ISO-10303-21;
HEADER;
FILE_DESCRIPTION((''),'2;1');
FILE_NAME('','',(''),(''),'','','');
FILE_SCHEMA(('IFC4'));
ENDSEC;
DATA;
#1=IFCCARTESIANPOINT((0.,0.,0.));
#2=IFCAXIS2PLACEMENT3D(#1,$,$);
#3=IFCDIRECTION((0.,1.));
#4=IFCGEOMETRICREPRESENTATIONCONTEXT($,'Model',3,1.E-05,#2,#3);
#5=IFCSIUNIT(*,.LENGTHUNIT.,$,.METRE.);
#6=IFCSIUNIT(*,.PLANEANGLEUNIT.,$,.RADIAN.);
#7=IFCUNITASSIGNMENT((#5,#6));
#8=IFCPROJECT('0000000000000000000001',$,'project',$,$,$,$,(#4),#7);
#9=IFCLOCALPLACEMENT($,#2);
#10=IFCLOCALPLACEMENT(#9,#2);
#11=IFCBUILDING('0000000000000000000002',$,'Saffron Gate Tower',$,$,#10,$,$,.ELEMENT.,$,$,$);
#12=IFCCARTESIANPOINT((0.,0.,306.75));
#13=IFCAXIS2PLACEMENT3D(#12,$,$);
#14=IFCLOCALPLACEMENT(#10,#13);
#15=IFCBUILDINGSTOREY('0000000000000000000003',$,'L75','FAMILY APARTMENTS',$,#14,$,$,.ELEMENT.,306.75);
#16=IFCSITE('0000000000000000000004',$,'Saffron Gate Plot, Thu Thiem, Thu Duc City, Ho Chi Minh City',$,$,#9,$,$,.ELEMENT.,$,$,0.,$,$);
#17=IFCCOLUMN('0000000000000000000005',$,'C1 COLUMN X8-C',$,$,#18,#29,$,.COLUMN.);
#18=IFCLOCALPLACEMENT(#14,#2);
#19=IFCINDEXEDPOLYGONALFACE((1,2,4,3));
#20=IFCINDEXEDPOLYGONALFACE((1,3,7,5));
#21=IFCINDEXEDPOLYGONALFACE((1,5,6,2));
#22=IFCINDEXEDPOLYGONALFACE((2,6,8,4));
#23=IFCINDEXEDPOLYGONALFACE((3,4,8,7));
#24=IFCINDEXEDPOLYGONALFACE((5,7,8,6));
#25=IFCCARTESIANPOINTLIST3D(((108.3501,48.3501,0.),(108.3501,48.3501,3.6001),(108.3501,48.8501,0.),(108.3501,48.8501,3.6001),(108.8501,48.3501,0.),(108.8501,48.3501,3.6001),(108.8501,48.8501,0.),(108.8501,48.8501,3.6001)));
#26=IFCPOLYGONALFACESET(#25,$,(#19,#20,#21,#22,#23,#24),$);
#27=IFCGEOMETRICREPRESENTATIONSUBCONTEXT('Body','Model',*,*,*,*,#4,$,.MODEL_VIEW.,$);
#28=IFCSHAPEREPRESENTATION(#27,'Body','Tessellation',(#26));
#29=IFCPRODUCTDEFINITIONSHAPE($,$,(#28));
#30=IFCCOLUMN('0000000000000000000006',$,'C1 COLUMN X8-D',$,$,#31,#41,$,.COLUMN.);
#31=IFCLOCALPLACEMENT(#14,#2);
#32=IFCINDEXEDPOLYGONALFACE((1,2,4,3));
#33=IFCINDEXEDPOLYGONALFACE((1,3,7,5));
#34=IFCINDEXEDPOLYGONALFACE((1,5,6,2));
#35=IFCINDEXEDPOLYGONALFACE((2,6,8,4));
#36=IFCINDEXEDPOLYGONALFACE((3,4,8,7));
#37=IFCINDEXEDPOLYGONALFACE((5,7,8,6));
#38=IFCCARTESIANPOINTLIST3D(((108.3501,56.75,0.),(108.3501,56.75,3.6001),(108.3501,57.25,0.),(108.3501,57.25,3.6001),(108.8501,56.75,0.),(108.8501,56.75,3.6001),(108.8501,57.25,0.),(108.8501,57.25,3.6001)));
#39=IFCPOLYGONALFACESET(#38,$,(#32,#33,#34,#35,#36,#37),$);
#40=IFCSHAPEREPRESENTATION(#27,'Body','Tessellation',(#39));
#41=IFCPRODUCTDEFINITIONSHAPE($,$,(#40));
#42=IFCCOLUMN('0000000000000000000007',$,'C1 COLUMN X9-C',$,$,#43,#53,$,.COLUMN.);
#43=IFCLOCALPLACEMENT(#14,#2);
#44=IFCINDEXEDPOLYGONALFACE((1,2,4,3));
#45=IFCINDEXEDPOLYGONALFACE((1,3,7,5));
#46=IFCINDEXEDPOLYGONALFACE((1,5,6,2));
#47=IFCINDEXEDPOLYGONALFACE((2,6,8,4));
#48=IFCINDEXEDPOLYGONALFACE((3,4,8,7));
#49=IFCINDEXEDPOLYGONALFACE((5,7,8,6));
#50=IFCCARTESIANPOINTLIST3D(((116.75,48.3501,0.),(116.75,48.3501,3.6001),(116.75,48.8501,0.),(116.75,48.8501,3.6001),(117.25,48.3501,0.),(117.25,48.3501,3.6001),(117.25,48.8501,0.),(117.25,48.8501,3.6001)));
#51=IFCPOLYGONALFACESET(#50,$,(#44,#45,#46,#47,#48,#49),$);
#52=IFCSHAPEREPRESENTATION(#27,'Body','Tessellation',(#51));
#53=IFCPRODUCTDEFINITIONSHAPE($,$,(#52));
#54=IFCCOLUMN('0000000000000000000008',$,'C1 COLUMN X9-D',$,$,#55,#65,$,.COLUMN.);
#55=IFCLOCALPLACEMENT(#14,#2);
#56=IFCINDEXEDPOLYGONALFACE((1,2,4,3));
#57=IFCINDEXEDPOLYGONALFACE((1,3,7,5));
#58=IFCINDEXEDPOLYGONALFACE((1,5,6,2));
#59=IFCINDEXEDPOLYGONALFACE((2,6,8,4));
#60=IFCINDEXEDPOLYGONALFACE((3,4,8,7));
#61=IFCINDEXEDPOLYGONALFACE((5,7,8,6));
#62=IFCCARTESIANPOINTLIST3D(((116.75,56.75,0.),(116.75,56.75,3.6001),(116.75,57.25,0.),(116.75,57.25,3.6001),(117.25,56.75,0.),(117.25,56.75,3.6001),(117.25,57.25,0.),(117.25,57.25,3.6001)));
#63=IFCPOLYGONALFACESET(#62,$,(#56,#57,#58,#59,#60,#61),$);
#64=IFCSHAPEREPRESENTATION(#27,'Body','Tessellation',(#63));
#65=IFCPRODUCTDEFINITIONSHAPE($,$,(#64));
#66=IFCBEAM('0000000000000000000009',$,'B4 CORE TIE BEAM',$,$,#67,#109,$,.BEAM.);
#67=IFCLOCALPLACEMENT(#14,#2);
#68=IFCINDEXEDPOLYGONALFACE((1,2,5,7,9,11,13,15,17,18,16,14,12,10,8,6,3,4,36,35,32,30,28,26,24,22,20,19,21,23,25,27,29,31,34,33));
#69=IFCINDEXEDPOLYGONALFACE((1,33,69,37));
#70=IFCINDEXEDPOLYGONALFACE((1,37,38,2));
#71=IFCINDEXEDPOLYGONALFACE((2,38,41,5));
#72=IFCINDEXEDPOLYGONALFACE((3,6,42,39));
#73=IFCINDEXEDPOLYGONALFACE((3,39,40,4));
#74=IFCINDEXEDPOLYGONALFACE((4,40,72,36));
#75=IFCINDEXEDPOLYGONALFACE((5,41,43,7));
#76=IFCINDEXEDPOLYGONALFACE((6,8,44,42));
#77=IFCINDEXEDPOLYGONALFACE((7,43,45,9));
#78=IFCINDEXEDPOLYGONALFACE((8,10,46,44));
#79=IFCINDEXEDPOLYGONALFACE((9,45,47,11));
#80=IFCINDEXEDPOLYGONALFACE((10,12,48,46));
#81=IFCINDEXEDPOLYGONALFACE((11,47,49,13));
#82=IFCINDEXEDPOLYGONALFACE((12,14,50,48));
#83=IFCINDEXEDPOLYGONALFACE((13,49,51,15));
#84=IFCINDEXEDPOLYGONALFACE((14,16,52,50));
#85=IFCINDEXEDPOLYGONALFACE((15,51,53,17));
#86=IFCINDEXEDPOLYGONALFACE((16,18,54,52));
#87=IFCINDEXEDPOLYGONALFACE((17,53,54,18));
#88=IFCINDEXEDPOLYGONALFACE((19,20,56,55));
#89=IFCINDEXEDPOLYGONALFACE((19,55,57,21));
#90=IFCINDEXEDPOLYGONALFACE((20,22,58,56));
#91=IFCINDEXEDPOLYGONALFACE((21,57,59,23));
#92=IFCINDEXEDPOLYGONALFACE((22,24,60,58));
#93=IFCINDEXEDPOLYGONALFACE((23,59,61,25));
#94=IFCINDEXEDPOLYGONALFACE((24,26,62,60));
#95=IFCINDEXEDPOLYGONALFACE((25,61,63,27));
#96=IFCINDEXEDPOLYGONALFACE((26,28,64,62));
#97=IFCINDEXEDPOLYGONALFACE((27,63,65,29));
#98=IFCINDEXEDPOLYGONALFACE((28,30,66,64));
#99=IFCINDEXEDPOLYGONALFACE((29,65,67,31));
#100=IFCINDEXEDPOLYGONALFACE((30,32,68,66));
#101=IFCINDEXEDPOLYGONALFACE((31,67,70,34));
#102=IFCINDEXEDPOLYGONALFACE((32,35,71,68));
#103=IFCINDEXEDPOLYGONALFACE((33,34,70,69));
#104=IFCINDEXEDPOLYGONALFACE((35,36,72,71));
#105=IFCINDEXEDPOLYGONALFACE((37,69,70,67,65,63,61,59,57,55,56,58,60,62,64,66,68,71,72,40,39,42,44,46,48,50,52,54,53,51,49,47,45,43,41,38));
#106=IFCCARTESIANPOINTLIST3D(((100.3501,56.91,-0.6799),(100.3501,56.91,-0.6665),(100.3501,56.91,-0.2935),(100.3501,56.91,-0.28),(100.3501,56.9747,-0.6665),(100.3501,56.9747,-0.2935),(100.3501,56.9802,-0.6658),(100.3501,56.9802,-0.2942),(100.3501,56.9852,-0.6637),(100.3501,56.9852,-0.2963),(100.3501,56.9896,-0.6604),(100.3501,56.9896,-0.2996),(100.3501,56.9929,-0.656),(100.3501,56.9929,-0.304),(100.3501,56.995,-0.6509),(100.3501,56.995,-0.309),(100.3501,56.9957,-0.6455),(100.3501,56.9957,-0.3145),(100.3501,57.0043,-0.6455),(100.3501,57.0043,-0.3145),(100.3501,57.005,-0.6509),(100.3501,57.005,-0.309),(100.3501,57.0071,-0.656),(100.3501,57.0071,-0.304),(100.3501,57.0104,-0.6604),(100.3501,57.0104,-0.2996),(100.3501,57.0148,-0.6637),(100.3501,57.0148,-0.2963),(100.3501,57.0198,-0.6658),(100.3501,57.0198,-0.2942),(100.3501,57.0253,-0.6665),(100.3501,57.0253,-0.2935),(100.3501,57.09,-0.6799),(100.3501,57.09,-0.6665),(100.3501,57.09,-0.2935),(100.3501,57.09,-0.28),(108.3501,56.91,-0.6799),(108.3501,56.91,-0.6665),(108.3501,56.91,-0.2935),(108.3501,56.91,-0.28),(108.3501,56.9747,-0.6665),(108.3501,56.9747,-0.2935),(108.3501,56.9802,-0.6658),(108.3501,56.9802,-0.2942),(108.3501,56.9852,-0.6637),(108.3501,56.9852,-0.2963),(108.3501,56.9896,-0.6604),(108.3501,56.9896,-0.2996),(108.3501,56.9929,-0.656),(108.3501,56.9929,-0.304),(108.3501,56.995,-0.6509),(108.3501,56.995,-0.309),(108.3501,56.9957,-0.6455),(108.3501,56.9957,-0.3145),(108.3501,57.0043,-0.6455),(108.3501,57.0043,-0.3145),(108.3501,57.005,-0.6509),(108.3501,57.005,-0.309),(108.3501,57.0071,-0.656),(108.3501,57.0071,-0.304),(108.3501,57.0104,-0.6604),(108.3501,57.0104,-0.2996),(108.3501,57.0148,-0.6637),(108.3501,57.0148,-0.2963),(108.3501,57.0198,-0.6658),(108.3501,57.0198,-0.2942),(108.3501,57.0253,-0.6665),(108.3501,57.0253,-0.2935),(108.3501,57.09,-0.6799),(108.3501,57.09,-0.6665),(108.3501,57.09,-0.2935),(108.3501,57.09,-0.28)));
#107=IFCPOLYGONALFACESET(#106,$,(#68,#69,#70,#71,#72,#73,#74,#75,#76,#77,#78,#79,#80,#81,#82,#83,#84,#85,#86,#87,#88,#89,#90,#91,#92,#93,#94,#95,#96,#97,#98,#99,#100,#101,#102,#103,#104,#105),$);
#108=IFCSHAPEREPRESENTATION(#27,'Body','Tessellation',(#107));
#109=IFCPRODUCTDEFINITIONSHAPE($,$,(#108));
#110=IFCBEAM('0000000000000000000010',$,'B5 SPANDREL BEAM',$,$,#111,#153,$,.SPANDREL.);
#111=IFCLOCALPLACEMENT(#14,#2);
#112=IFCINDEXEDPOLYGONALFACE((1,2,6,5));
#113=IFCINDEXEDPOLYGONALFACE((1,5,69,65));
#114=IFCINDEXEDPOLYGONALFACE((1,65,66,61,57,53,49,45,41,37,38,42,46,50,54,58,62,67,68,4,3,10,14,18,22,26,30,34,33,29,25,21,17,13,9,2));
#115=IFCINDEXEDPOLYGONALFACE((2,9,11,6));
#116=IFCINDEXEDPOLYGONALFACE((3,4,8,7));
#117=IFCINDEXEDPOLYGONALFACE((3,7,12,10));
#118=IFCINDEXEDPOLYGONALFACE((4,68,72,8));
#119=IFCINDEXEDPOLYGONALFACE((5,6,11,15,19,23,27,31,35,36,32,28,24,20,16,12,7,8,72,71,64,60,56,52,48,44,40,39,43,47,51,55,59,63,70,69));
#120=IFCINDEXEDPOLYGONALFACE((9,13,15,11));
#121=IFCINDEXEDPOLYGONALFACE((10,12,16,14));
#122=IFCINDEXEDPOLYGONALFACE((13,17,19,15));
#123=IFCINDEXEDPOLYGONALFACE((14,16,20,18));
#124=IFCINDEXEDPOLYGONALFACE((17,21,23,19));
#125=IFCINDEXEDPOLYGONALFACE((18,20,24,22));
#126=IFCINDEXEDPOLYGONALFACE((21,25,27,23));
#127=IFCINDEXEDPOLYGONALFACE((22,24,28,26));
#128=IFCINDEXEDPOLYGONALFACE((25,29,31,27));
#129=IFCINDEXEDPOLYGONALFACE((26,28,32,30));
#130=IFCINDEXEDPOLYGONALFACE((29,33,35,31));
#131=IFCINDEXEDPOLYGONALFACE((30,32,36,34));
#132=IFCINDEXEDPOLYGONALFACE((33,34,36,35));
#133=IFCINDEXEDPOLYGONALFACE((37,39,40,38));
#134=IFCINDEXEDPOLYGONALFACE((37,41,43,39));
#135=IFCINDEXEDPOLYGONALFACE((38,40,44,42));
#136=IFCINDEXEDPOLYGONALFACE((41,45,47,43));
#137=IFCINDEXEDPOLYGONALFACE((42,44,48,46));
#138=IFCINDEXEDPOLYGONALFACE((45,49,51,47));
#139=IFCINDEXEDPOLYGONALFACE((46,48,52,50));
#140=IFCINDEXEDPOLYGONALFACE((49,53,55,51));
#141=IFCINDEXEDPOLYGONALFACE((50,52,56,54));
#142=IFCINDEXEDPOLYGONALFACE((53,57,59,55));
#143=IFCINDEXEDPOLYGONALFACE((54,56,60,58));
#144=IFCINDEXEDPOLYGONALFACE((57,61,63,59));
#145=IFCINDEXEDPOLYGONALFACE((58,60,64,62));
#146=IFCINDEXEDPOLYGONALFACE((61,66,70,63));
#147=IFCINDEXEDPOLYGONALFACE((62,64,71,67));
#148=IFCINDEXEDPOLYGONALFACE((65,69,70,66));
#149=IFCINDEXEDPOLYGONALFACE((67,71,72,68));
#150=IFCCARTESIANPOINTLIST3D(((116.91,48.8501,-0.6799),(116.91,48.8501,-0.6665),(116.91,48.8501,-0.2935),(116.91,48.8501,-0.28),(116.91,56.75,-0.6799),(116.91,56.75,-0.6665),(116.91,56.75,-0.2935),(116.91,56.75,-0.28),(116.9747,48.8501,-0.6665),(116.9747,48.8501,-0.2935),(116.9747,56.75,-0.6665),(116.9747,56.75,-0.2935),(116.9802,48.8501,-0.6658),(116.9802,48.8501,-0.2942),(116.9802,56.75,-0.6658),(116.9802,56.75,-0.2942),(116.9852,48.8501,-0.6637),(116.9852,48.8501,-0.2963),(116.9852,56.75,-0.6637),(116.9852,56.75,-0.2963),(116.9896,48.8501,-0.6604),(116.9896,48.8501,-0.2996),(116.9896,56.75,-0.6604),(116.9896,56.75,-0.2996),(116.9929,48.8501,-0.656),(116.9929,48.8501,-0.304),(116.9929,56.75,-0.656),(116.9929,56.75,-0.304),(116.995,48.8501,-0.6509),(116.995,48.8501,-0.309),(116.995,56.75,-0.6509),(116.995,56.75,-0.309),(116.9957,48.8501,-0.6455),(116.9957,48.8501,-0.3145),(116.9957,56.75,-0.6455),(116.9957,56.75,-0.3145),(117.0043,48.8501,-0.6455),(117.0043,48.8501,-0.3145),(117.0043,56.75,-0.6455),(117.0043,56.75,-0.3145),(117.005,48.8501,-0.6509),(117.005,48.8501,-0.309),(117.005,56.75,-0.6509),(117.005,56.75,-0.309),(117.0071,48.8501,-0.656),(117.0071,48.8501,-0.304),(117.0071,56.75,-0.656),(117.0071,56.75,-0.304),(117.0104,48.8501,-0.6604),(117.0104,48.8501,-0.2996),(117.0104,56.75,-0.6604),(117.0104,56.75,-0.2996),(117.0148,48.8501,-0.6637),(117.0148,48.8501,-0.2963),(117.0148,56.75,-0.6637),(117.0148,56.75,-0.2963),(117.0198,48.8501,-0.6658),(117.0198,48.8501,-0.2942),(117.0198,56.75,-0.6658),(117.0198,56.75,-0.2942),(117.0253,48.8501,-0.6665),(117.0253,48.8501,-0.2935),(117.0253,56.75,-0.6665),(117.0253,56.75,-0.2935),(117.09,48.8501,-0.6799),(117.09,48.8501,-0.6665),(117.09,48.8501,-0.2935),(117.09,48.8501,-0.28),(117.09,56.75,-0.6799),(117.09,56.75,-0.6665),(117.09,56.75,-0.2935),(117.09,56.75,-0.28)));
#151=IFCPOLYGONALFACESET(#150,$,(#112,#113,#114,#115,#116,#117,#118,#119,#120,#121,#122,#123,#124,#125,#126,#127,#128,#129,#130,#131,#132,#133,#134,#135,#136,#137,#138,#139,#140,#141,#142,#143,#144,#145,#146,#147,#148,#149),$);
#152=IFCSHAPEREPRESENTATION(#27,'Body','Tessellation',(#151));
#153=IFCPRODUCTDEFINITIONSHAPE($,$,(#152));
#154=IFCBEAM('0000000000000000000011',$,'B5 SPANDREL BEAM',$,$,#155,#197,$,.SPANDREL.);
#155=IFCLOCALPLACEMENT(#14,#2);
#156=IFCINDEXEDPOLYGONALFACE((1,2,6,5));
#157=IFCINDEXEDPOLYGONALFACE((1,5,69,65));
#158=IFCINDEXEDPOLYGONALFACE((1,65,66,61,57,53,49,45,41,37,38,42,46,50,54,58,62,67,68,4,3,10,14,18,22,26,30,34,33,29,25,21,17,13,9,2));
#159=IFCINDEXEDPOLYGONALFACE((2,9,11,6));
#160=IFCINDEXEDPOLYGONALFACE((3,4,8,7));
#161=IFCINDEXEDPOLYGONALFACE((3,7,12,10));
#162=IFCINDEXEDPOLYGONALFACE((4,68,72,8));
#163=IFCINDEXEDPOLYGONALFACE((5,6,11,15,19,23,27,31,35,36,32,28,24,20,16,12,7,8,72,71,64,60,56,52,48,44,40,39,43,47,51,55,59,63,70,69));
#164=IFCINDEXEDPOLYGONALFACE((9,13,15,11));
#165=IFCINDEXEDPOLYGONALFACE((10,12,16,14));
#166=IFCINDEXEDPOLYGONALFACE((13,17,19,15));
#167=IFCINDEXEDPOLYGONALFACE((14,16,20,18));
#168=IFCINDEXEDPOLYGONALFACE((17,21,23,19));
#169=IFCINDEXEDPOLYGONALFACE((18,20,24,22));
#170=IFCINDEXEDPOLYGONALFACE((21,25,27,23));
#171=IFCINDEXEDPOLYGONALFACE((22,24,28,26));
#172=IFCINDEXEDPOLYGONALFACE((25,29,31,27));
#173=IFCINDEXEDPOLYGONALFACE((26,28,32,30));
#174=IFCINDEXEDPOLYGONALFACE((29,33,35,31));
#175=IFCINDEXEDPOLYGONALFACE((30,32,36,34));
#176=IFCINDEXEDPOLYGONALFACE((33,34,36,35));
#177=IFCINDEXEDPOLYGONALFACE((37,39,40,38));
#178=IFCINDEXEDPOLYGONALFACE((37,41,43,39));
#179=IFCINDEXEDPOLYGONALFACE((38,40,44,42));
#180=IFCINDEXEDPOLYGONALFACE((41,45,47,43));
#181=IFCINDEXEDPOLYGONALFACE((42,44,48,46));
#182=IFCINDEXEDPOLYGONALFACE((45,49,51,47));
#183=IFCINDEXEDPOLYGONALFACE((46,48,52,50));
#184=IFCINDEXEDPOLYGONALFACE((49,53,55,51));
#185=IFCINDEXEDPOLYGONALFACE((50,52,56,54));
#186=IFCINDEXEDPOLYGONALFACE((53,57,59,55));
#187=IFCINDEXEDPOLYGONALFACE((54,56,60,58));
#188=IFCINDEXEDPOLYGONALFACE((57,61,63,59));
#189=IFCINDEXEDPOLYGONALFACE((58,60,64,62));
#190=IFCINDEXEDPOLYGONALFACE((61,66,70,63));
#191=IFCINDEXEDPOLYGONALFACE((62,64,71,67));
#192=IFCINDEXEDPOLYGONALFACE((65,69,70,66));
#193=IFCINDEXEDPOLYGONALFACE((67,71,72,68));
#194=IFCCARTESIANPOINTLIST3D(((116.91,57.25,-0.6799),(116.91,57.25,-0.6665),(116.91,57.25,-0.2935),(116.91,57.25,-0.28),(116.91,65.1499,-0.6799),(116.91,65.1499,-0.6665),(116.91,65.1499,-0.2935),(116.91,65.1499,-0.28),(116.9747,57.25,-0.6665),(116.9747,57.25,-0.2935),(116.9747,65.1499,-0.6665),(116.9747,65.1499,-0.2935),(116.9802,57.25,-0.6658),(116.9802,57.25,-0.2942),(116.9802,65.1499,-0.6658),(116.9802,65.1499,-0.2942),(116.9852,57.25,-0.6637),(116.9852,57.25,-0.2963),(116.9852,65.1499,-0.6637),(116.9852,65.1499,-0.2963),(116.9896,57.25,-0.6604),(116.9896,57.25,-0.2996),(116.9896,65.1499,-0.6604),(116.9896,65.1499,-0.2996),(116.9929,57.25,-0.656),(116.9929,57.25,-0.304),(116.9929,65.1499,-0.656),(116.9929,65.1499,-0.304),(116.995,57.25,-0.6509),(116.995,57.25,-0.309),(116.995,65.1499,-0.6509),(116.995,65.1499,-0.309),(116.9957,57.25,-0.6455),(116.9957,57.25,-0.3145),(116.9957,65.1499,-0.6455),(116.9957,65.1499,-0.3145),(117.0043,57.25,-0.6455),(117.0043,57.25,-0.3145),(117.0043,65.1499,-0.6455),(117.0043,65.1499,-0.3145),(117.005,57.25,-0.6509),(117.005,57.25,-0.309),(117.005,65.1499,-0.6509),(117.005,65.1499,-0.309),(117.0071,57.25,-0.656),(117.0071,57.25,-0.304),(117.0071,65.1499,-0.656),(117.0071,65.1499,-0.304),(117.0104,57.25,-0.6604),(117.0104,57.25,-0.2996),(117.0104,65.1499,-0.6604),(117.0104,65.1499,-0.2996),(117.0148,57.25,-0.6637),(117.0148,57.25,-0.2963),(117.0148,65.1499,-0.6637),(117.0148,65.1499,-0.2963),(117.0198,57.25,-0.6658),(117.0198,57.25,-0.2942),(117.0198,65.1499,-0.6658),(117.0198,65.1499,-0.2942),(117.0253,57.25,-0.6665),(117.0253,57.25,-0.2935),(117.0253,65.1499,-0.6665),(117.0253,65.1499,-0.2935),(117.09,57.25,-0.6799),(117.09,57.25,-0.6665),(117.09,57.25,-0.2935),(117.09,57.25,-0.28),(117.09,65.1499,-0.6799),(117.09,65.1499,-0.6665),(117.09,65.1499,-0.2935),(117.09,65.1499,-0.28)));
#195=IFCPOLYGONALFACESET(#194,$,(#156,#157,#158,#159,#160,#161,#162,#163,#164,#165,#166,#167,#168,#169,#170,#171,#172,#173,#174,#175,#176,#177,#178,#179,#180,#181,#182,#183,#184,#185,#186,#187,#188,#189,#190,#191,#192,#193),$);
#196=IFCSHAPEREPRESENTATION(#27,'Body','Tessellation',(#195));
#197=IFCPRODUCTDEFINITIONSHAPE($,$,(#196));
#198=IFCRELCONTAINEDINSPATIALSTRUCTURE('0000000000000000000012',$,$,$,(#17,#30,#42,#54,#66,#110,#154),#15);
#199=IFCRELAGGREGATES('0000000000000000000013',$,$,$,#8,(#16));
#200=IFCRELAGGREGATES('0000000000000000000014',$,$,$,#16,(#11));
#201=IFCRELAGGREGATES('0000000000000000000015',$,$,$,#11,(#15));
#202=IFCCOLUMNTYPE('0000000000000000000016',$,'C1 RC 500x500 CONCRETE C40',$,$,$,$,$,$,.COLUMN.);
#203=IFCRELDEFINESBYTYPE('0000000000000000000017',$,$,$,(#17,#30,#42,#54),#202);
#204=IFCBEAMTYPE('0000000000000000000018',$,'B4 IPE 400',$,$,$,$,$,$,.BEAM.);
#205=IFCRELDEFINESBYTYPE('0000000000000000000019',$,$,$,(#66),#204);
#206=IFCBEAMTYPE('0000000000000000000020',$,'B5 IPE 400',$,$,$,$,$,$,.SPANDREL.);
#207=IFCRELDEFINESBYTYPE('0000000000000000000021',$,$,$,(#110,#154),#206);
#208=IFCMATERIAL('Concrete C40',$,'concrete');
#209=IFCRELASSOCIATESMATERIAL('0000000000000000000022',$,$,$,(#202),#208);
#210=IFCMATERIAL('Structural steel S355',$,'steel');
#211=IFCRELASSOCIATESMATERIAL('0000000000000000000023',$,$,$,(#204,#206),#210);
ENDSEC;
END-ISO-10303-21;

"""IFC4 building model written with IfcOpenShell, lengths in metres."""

from ifc_helpers import new_model, si_unit, direction, frame, origin, origin_2d, place, context, subcontext, project, spatial, rectangle, i_section, extrude, material, material_profile, profile_set, type_object, element, save


model = new_model("IFC4")

# Units and contexts
model_context = context("Model", 3, precision=1e-05, world=origin(), true_north=direction((0.0, 1.0)))
body_context = subcontext(model_context, "Body", "Model", "MODEL_VIEW")
ifc_project = project(units=[si_unit("LENGTHUNIT", "METRE"), si_unit("PLANEANGLEUNIT", "RADIAN")], contexts=[model_context])

# Site, building, storey
site_placement = place(None, origin())
site = spatial("IfcSite", under=ifc_project, at=site_placement, Name="Saffron Gate Plot, Thu Thiem, Thu Duc City, Ho Chi Minh City", CompositionType="ELEMENT", RefElevation=0.0)
building_placement = place(site_placement, origin())
building = spatial("IfcBuilding", under=site, at=building_placement, Name="Saffron Gate Tower", CompositionType="ELEMENT")
storey_placement = place(building_placement, frame((0.0, 0.0, 306.75)))
storey = spatial("IfcBuildingStorey", under=building, at=storey_placement, Name="L75", Description="FAMILY APARTMENTS", CompositionType="ELEMENT", Elevation=306.75)

# Columns
ifc_material_1 = material(Name="Concrete C40", Category="concrete")
ifc_material_profile_1 = material_profile(ifc_material_1, rectangle(XDim=0.5, YDim=0.5, at=origin_2d()))
ifc_profile_set_1 = profile_set([ifc_material_profile_1], Name="Concrete C40")
column_type = type_object("IfcColumnType", Name="C1 RC 500x500 CONCRETE C40", PredefinedType="COLUMN", material=ifc_profile_set_1)
for number, where, z_axis, x_axis, name in (
    (1, (108.6001, 48.6001, 0.0), (0.0, 0.0, 1.0), (1.0, 0.0, 0.0), "C1 COLUMN X8-C"),
    (2, (108.6001, 57.0, 0.0), (0.0, 0.0, 1.0), (1.0, 0.0, 0.0), "C1 COLUMN X8-D"),
    (3, (117.0, 48.6001, 0.0), (0.0, 0.0, 1.0), (1.0, 0.0, 0.0), "C1 COLUMN X9-C"),
    (4, (117.0, 57.0, 0.0), (0.0, 0.0, 1.0), (1.0, 0.0, 0.0), "C1 COLUMN X9-D"),
):
    element("IfcColumn", number, at=place(storey_placement, frame(where, z_axis=z_axis, x_axis=x_axis)), inside=storey, type_object=column_type, Name=name, PredefinedType="COLUMN", context=body_context, shape_type="SweptSolid", body=[
        extrude(rectangle(XDim=0.5, YDim=0.5, at=origin_2d()), origin(), (0.0, 0.0, 1.0), 3.6001),
    ])

# Beams
ifc_material_2 = material(Name="Structural steel S355", Category="steel")
ifc_material_profile_2 = material_profile(ifc_material_2, i_section(OverallWidth=0.1799, OverallDepth=0.3999, WebThickness=0.0085, FlangeThickness=0.0134, FilletRadius=0.021, at=origin_2d()))
ifc_profile_set_2 = profile_set([ifc_material_profile_2], Name="Structural steel S355")
beam_type_1 = type_object("IfcBeamType", Name="B4 IPE 400", PredefinedType="BEAM", material=ifc_profile_set_2)
beam_placement = place(storey_placement, frame((108.3501, 57.0, -0.48), z_axis=(-1.0, 0.0, 0.0), x_axis=(0.0, -1.0, 0.0)))
element("IfcBeam", 5, at=beam_placement, inside=storey, type_object=beam_type_1, Name="B4 CORE TIE BEAM", PredefinedType="BEAM", context=body_context, shape_type="SweptSolid", body=[
    extrude(i_section(OverallWidth=0.1799, OverallDepth=0.3999, WebThickness=0.0085, FlangeThickness=0.0134, FilletRadius=0.021, at=origin_2d()), origin(), (0.0, 0.0, 1.0), 8.0),
])
ifc_material_profile_3 = material_profile(ifc_material_2, i_section(OverallWidth=0.1799, OverallDepth=0.3999, WebThickness=0.0085, FlangeThickness=0.0134, FilletRadius=0.021, at=origin_2d()))
ifc_profile_set_3 = profile_set([ifc_material_profile_3], Name="Structural steel S355")
beam_type_2 = type_object("IfcBeamType", Name="B5 IPE 400", PredefinedType="SPANDREL", material=ifc_profile_set_3)
for number, where, z_axis, x_axis, name in (
    (6, (117.0, 48.8501, -0.48), (0.0, 1.0, 0.0), (-1.0, 0.0, 0.0), "B5 SPANDREL BEAM"),
    (7, (117.0, 57.25, -0.48), (0.0, 1.0, 0.0), (-1.0, 0.0, 0.0), "B5 SPANDREL BEAM"),
):
    element("IfcBeam", number, at=place(storey_placement, frame(where, z_axis=z_axis, x_axis=x_axis)), inside=storey, type_object=beam_type_2, Name=name, PredefinedType="SPANDREL", context=body_context, shape_type="SweptSolid", body=[
        extrude(i_section(OverallWidth=0.1799, OverallDepth=0.3999, WebThickness=0.0085, FlangeThickness=0.0134, FilletRadius=0.021, at=origin_2d()), origin(), (0.0, 0.0, 1.0), 7.8999),
    ])

save(model, "model.ifc")
